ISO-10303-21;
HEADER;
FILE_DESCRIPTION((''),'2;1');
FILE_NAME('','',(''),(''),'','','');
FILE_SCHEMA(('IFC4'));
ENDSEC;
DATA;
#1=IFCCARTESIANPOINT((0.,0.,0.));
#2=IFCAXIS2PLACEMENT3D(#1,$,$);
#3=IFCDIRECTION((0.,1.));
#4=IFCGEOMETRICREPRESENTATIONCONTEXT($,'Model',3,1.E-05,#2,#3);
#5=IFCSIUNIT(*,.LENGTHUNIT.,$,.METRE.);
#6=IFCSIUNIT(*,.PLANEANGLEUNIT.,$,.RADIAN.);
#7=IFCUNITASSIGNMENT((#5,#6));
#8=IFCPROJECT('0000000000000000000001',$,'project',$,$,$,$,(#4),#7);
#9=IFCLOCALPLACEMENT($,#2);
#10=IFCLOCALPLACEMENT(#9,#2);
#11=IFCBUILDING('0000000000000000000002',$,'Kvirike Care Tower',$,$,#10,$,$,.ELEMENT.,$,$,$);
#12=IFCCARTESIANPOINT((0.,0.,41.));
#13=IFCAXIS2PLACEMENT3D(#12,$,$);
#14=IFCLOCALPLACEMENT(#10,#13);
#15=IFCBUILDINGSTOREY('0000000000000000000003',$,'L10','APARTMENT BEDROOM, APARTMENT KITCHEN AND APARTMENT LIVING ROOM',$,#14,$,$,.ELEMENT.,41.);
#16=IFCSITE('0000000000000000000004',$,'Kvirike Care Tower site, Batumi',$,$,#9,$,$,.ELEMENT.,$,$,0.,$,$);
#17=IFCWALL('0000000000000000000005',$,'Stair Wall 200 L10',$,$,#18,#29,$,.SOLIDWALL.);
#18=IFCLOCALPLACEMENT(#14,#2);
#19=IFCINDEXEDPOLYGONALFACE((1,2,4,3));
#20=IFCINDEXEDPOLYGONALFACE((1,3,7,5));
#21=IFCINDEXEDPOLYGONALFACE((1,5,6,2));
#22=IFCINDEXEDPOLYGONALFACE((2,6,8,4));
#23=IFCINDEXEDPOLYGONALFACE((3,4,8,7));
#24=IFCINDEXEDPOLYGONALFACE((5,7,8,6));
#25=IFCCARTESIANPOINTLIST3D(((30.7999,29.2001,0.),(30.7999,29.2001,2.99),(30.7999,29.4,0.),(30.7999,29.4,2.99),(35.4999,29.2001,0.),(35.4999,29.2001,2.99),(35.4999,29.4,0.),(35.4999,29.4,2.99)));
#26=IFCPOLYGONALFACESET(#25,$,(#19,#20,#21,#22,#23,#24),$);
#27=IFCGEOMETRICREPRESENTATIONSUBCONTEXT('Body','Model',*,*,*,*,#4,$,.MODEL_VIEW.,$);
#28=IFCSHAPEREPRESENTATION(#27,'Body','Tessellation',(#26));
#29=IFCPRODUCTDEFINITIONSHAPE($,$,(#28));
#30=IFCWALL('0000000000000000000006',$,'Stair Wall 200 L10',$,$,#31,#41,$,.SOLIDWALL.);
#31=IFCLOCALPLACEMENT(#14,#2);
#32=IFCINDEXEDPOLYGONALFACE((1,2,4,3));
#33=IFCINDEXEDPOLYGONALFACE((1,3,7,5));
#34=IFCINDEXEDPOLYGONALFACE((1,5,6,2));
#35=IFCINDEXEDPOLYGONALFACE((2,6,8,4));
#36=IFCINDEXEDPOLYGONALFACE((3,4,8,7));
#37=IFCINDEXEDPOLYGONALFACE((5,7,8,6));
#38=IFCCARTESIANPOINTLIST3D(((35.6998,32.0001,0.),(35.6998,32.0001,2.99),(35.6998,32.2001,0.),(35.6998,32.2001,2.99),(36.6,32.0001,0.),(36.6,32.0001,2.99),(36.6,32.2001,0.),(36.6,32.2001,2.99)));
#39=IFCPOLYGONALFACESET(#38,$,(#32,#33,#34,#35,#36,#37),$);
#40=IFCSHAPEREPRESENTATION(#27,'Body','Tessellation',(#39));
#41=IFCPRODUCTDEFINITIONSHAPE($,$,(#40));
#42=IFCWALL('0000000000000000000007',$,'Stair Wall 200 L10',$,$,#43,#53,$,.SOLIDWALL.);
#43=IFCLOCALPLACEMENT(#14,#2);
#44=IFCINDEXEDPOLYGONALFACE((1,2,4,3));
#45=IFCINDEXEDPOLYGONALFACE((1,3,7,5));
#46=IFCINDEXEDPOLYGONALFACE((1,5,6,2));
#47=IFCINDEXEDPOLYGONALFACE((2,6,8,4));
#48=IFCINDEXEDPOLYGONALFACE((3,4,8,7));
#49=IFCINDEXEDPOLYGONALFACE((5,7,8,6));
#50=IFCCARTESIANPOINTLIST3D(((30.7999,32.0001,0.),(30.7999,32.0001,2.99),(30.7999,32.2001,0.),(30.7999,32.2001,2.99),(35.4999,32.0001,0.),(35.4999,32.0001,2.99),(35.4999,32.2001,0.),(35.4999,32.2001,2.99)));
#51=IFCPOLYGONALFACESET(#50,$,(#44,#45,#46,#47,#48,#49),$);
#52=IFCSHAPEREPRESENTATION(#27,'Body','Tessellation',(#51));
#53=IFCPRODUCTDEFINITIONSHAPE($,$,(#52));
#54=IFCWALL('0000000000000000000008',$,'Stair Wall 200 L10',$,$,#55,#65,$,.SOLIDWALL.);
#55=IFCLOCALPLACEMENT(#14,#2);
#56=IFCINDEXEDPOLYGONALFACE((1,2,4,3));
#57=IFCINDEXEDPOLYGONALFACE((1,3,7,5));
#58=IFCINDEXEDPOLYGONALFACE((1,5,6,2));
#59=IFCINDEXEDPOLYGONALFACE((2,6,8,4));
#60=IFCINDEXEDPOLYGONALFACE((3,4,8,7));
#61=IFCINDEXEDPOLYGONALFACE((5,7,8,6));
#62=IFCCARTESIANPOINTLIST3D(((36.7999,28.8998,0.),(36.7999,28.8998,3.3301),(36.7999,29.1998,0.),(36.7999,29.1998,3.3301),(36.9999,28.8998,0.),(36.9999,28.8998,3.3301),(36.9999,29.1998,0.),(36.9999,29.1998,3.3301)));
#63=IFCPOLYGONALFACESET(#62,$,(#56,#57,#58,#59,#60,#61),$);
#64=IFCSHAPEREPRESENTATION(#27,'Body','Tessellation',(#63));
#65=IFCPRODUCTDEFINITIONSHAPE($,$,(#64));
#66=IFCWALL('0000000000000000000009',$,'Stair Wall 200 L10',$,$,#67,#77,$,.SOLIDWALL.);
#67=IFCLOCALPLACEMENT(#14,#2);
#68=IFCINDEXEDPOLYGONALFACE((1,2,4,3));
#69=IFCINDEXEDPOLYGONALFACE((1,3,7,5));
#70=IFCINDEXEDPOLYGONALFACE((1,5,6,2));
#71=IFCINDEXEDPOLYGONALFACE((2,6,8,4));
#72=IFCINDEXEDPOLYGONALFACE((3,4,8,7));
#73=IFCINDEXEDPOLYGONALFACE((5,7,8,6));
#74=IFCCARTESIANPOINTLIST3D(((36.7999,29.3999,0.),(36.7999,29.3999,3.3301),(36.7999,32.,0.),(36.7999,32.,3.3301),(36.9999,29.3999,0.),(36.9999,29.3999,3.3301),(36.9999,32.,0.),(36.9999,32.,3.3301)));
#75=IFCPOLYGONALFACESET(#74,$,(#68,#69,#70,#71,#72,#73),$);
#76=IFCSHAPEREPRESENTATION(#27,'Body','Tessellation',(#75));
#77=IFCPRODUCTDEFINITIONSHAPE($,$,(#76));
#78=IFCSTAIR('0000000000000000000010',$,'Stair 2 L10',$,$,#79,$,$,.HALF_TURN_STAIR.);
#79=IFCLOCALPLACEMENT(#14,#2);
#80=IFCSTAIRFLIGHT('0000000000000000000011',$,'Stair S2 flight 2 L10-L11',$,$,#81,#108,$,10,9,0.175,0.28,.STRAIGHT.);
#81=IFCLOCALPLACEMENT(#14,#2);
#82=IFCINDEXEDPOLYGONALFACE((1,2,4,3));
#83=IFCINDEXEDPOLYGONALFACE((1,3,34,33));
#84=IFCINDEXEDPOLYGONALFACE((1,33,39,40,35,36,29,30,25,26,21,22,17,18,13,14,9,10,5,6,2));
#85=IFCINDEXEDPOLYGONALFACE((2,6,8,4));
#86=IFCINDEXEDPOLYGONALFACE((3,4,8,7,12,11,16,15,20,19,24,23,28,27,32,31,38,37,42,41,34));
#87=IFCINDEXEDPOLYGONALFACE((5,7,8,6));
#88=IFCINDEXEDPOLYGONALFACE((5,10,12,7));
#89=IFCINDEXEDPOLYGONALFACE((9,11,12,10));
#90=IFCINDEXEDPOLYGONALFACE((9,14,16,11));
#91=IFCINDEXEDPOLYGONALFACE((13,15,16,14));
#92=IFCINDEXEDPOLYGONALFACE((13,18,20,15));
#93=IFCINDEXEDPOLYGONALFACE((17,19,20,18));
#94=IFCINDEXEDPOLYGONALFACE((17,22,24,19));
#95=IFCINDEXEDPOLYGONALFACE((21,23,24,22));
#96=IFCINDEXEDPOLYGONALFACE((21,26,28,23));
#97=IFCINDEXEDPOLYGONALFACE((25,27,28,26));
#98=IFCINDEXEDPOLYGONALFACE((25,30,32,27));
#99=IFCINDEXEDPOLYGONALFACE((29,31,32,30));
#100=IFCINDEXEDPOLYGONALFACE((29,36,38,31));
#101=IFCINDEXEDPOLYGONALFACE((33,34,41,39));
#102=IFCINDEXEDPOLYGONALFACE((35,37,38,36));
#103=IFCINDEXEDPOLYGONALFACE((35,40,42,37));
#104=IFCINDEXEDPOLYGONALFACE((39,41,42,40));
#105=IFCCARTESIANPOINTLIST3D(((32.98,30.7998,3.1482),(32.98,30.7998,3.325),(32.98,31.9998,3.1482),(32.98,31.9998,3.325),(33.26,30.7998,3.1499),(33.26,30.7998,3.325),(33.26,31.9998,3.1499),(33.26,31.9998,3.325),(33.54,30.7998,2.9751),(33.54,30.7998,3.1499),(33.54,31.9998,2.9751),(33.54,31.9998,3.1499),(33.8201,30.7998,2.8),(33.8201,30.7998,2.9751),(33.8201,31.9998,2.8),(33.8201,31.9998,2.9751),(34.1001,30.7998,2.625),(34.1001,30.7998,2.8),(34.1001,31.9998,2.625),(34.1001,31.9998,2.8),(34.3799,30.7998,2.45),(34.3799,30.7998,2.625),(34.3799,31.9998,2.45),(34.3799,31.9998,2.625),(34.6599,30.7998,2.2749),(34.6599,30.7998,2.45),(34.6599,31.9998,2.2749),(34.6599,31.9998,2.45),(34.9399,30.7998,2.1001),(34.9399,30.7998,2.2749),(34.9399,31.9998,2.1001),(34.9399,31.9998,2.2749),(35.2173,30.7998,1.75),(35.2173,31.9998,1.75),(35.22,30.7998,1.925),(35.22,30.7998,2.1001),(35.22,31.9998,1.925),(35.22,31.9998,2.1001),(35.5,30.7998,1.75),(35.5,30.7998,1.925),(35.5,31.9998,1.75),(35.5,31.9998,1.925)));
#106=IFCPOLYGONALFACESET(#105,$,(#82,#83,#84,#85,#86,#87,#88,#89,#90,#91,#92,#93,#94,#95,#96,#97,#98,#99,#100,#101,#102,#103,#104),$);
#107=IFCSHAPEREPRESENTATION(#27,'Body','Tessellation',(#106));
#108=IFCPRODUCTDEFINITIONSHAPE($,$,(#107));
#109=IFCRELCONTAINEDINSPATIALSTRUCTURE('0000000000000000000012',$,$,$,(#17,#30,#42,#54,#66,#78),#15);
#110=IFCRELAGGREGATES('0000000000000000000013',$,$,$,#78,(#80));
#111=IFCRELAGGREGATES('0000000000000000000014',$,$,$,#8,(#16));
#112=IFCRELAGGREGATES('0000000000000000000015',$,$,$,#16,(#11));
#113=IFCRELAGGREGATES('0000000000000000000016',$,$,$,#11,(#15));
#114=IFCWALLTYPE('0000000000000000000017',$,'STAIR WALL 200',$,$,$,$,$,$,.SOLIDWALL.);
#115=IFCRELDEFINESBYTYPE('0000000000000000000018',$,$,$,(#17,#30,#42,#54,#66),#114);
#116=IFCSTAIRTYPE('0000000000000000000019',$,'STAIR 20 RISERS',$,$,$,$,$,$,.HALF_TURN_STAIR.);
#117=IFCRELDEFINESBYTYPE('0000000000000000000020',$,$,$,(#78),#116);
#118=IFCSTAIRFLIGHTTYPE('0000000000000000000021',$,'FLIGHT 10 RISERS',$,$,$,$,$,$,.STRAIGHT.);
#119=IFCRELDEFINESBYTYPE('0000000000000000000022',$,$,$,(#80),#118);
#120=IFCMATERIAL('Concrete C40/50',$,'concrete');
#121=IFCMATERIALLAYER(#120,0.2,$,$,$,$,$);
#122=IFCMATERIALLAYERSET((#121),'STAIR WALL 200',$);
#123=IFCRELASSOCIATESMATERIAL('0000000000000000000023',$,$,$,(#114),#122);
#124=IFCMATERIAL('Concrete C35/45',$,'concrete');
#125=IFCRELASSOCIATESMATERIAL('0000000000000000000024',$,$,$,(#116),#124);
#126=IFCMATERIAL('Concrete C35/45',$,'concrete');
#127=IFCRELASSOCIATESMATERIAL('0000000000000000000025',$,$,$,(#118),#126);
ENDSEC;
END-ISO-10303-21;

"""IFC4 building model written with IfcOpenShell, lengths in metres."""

from ifc_helpers import new_model, si_unit, direction, frame, frame_2d, origin, place, context, subcontext, project, spatial, polyline, rectangle, outline, extrude, material, layer, layer_set, type_object, element, aggregate, save


model = new_model("IFC4")

# Units and contexts
model_context = context("Model", 3, precision=1e-05, world=origin(), true_north=direction((0.0, 1.0)))
body_context = subcontext(model_context, "Body", "Model", "MODEL_VIEW")
ifc_project = project(units=[si_unit("LENGTHUNIT", "METRE"), si_unit("PLANEANGLEUNIT", "RADIAN")], contexts=[model_context])

# Site, building, storey
site_placement = place(None, origin())
site = spatial("IfcSite", under=ifc_project, at=site_placement, Name="Kvirike Care Tower site, Batumi", CompositionType="ELEMENT", RefElevation=0.0)
building_placement = place(site_placement, origin())
building = spatial("IfcBuilding", under=site, at=building_placement, Name="Kvirike Care Tower", CompositionType="ELEMENT")
storey_placement = place(building_placement, frame((0.0, 0.0, 41.0)))
storey = spatial("IfcBuildingStorey", under=building, at=storey_placement, Name="L10", Description="APARTMENT BEDROOM, APARTMENT KITCHEN AND APARTMENT LIVING ROOM", CompositionType="ELEMENT", Elevation=41.0)

# Walls
ifc_material_1 = material(Name="Concrete C40/50", Category="concrete")
ifc_layer_1 = layer(ifc_material_1, 0.2)
ifc_layer_set_1 = layer_set([ifc_layer_1], Name="STAIR WALL 200")
wall_type_1 = type_object("IfcWallType", Name="STAIR WALL 200", PredefinedType="SOLIDWALL", material=ifc_layer_set_1)
wall_1_placement = place(storey_placement, frame((35.5, 29.3, 0.0), z_axis=(0.0, 0.0, 1.0), x_axis=(-1.0, 0.0, 0.0)))
element("IfcWall", 1, at=wall_1_placement, inside=storey, type_object=wall_type_1, Name="Stair Wall 200 L10", PredefinedType="SOLIDWALL", context=body_context, shape_type="SweptSolid", body=[
    extrude(rectangle(XDim=4.7, YDim=0.2, at=frame_2d((2.3501, 0.0))), origin(), (0.0, 0.0, 1.0), 2.99),
])
wall_2_placement = place(storey_placement, frame((36.6001, 32.1001, 0.0), z_axis=(0.0, 0.0, 1.0), x_axis=(-1.0, 0.0, 0.0)))
element("IfcWall", 2, at=wall_2_placement, inside=storey, type_object=wall_type_1, Name="Stair Wall 200 L10", PredefinedType="SOLIDWALL", context=body_context, shape_type="SweptSolid", body=[
    extrude(rectangle(XDim=0.9001, YDim=0.2, at=frame_2d((0.4502, 0.0))), origin(), (0.0, 0.0, 1.0), 2.99),
])
wall_3_placement = place(storey_placement, frame((35.5, 32.1001, 0.0), z_axis=(0.0, 0.0, 1.0), x_axis=(-1.0, 0.0, 0.0)))
element("IfcWall", 3, at=wall_3_placement, inside=storey, type_object=wall_type_1, Name="Stair Wall 200 L10", PredefinedType="SOLIDWALL", context=body_context, shape_type="SweptSolid", body=[
    extrude(rectangle(XDim=4.7, YDim=0.2, at=frame_2d((2.3501, 0.0))), origin(), (0.0, 0.0, 1.0), 2.99),
])
wall_4_placement = place(storey_placement, frame((36.8999, 28.8999, 0.0), z_axis=(0.0, 0.0, 1.0), x_axis=(0.0, 1.0, 0.0)))
element("IfcWall", 4, at=wall_4_placement, inside=storey, type_object=wall_type_1, Name="Stair Wall 200 L10", PredefinedType="SOLIDWALL", context=body_context, shape_type="SweptSolid", body=[
    extrude(rectangle(XDim=0.3, YDim=0.2, at=frame_2d((0.1499, 0.0))), origin(), (0.0, 0.0, 1.0), 3.3301),
])
wall_5_placement = place(storey_placement, frame((36.8999, 29.3999, 0.0), z_axis=(0.0, 0.0, 1.0), x_axis=(0.0, 1.0, 0.0)))
element("IfcWall", 5, at=wall_5_placement, inside=storey, type_object=wall_type_1, Name="Stair Wall 200 L10", PredefinedType="SOLIDWALL", context=body_context, shape_type="SweptSolid", body=[
    extrude(rectangle(XDim=2.6001, YDim=0.2, at=frame_2d((1.3, 0.0))), origin(), (0.0, 0.0, 1.0), 3.3301),
])

# Stair, stair flight
ifc_material_2 = material(Name="Concrete C35/45", Category="concrete")
stair_type = type_object("IfcStairType", Name="STAIR 20 RISERS", PredefinedType="HALF_TURN_STAIR", material=ifc_material_2)
stair_placement = place(storey_placement, origin())
stair = element("IfcStair", 6, at=stair_placement, inside=storey, type_object=stair_type, Name="Stair 2 L10", PredefinedType="HALF_TURN_STAIR")
ifc_material_3 = material(Name="Concrete C35/45", Category="concrete")
stair_flight_type = type_object("IfcStairFlightType", Name="FLIGHT 10 RISERS", PredefinedType="STRAIGHT", material=ifc_material_3)
stair_flight_placement = place(storey_placement, frame((35.5, 31.3999, 1.75), z_axis=(0.0, 0.0, 1.0), x_axis=(-1.0, 0.0, 0.0)))
stair_flight = element("IfcStairFlight", 7, at=stair_flight_placement, type_object=stair_flight_type, Name="Stair S2 flight 2 L10-L11", NumberOfRisers=10, NumberOfTreads=9, PredefinedType="STRAIGHT", RiserHeight=0.175, TreadLength=0.28, context=body_context, shape_type="SweptSolid", body=[
    extrude(outline(polyline([(0.0, 0.0), (0.0, 0.175), (0.28, 0.175), (0.28, 0.3501), (0.5601, 0.3501), (0.5601, 0.5249), (0.8401, 0.5249), (0.8401, 0.7), (1.1201, 0.7), (1.1201, 0.875), (1.3999, 0.875), (1.3999, 1.05), (1.6799, 1.05), (1.6799, 1.2251), (1.96, 1.2251), (1.96, 1.3999), (2.24, 1.3999), (2.24, 1.575), (2.52, 1.575), (2.52, 1.75), (2.52, 1.3982), (0.2827, 0.0), (0.0, 0.0)])), frame((0.0, 0.6001, 0.0), z_axis=(0.0, -1.0, 0.0), x_axis=(1.0, 0.0, 0.0)), (0.0, 0.0, 1.0), 1.2),
])
aggregate(stair, [stair_flight])

save(model, "model.ifc")
